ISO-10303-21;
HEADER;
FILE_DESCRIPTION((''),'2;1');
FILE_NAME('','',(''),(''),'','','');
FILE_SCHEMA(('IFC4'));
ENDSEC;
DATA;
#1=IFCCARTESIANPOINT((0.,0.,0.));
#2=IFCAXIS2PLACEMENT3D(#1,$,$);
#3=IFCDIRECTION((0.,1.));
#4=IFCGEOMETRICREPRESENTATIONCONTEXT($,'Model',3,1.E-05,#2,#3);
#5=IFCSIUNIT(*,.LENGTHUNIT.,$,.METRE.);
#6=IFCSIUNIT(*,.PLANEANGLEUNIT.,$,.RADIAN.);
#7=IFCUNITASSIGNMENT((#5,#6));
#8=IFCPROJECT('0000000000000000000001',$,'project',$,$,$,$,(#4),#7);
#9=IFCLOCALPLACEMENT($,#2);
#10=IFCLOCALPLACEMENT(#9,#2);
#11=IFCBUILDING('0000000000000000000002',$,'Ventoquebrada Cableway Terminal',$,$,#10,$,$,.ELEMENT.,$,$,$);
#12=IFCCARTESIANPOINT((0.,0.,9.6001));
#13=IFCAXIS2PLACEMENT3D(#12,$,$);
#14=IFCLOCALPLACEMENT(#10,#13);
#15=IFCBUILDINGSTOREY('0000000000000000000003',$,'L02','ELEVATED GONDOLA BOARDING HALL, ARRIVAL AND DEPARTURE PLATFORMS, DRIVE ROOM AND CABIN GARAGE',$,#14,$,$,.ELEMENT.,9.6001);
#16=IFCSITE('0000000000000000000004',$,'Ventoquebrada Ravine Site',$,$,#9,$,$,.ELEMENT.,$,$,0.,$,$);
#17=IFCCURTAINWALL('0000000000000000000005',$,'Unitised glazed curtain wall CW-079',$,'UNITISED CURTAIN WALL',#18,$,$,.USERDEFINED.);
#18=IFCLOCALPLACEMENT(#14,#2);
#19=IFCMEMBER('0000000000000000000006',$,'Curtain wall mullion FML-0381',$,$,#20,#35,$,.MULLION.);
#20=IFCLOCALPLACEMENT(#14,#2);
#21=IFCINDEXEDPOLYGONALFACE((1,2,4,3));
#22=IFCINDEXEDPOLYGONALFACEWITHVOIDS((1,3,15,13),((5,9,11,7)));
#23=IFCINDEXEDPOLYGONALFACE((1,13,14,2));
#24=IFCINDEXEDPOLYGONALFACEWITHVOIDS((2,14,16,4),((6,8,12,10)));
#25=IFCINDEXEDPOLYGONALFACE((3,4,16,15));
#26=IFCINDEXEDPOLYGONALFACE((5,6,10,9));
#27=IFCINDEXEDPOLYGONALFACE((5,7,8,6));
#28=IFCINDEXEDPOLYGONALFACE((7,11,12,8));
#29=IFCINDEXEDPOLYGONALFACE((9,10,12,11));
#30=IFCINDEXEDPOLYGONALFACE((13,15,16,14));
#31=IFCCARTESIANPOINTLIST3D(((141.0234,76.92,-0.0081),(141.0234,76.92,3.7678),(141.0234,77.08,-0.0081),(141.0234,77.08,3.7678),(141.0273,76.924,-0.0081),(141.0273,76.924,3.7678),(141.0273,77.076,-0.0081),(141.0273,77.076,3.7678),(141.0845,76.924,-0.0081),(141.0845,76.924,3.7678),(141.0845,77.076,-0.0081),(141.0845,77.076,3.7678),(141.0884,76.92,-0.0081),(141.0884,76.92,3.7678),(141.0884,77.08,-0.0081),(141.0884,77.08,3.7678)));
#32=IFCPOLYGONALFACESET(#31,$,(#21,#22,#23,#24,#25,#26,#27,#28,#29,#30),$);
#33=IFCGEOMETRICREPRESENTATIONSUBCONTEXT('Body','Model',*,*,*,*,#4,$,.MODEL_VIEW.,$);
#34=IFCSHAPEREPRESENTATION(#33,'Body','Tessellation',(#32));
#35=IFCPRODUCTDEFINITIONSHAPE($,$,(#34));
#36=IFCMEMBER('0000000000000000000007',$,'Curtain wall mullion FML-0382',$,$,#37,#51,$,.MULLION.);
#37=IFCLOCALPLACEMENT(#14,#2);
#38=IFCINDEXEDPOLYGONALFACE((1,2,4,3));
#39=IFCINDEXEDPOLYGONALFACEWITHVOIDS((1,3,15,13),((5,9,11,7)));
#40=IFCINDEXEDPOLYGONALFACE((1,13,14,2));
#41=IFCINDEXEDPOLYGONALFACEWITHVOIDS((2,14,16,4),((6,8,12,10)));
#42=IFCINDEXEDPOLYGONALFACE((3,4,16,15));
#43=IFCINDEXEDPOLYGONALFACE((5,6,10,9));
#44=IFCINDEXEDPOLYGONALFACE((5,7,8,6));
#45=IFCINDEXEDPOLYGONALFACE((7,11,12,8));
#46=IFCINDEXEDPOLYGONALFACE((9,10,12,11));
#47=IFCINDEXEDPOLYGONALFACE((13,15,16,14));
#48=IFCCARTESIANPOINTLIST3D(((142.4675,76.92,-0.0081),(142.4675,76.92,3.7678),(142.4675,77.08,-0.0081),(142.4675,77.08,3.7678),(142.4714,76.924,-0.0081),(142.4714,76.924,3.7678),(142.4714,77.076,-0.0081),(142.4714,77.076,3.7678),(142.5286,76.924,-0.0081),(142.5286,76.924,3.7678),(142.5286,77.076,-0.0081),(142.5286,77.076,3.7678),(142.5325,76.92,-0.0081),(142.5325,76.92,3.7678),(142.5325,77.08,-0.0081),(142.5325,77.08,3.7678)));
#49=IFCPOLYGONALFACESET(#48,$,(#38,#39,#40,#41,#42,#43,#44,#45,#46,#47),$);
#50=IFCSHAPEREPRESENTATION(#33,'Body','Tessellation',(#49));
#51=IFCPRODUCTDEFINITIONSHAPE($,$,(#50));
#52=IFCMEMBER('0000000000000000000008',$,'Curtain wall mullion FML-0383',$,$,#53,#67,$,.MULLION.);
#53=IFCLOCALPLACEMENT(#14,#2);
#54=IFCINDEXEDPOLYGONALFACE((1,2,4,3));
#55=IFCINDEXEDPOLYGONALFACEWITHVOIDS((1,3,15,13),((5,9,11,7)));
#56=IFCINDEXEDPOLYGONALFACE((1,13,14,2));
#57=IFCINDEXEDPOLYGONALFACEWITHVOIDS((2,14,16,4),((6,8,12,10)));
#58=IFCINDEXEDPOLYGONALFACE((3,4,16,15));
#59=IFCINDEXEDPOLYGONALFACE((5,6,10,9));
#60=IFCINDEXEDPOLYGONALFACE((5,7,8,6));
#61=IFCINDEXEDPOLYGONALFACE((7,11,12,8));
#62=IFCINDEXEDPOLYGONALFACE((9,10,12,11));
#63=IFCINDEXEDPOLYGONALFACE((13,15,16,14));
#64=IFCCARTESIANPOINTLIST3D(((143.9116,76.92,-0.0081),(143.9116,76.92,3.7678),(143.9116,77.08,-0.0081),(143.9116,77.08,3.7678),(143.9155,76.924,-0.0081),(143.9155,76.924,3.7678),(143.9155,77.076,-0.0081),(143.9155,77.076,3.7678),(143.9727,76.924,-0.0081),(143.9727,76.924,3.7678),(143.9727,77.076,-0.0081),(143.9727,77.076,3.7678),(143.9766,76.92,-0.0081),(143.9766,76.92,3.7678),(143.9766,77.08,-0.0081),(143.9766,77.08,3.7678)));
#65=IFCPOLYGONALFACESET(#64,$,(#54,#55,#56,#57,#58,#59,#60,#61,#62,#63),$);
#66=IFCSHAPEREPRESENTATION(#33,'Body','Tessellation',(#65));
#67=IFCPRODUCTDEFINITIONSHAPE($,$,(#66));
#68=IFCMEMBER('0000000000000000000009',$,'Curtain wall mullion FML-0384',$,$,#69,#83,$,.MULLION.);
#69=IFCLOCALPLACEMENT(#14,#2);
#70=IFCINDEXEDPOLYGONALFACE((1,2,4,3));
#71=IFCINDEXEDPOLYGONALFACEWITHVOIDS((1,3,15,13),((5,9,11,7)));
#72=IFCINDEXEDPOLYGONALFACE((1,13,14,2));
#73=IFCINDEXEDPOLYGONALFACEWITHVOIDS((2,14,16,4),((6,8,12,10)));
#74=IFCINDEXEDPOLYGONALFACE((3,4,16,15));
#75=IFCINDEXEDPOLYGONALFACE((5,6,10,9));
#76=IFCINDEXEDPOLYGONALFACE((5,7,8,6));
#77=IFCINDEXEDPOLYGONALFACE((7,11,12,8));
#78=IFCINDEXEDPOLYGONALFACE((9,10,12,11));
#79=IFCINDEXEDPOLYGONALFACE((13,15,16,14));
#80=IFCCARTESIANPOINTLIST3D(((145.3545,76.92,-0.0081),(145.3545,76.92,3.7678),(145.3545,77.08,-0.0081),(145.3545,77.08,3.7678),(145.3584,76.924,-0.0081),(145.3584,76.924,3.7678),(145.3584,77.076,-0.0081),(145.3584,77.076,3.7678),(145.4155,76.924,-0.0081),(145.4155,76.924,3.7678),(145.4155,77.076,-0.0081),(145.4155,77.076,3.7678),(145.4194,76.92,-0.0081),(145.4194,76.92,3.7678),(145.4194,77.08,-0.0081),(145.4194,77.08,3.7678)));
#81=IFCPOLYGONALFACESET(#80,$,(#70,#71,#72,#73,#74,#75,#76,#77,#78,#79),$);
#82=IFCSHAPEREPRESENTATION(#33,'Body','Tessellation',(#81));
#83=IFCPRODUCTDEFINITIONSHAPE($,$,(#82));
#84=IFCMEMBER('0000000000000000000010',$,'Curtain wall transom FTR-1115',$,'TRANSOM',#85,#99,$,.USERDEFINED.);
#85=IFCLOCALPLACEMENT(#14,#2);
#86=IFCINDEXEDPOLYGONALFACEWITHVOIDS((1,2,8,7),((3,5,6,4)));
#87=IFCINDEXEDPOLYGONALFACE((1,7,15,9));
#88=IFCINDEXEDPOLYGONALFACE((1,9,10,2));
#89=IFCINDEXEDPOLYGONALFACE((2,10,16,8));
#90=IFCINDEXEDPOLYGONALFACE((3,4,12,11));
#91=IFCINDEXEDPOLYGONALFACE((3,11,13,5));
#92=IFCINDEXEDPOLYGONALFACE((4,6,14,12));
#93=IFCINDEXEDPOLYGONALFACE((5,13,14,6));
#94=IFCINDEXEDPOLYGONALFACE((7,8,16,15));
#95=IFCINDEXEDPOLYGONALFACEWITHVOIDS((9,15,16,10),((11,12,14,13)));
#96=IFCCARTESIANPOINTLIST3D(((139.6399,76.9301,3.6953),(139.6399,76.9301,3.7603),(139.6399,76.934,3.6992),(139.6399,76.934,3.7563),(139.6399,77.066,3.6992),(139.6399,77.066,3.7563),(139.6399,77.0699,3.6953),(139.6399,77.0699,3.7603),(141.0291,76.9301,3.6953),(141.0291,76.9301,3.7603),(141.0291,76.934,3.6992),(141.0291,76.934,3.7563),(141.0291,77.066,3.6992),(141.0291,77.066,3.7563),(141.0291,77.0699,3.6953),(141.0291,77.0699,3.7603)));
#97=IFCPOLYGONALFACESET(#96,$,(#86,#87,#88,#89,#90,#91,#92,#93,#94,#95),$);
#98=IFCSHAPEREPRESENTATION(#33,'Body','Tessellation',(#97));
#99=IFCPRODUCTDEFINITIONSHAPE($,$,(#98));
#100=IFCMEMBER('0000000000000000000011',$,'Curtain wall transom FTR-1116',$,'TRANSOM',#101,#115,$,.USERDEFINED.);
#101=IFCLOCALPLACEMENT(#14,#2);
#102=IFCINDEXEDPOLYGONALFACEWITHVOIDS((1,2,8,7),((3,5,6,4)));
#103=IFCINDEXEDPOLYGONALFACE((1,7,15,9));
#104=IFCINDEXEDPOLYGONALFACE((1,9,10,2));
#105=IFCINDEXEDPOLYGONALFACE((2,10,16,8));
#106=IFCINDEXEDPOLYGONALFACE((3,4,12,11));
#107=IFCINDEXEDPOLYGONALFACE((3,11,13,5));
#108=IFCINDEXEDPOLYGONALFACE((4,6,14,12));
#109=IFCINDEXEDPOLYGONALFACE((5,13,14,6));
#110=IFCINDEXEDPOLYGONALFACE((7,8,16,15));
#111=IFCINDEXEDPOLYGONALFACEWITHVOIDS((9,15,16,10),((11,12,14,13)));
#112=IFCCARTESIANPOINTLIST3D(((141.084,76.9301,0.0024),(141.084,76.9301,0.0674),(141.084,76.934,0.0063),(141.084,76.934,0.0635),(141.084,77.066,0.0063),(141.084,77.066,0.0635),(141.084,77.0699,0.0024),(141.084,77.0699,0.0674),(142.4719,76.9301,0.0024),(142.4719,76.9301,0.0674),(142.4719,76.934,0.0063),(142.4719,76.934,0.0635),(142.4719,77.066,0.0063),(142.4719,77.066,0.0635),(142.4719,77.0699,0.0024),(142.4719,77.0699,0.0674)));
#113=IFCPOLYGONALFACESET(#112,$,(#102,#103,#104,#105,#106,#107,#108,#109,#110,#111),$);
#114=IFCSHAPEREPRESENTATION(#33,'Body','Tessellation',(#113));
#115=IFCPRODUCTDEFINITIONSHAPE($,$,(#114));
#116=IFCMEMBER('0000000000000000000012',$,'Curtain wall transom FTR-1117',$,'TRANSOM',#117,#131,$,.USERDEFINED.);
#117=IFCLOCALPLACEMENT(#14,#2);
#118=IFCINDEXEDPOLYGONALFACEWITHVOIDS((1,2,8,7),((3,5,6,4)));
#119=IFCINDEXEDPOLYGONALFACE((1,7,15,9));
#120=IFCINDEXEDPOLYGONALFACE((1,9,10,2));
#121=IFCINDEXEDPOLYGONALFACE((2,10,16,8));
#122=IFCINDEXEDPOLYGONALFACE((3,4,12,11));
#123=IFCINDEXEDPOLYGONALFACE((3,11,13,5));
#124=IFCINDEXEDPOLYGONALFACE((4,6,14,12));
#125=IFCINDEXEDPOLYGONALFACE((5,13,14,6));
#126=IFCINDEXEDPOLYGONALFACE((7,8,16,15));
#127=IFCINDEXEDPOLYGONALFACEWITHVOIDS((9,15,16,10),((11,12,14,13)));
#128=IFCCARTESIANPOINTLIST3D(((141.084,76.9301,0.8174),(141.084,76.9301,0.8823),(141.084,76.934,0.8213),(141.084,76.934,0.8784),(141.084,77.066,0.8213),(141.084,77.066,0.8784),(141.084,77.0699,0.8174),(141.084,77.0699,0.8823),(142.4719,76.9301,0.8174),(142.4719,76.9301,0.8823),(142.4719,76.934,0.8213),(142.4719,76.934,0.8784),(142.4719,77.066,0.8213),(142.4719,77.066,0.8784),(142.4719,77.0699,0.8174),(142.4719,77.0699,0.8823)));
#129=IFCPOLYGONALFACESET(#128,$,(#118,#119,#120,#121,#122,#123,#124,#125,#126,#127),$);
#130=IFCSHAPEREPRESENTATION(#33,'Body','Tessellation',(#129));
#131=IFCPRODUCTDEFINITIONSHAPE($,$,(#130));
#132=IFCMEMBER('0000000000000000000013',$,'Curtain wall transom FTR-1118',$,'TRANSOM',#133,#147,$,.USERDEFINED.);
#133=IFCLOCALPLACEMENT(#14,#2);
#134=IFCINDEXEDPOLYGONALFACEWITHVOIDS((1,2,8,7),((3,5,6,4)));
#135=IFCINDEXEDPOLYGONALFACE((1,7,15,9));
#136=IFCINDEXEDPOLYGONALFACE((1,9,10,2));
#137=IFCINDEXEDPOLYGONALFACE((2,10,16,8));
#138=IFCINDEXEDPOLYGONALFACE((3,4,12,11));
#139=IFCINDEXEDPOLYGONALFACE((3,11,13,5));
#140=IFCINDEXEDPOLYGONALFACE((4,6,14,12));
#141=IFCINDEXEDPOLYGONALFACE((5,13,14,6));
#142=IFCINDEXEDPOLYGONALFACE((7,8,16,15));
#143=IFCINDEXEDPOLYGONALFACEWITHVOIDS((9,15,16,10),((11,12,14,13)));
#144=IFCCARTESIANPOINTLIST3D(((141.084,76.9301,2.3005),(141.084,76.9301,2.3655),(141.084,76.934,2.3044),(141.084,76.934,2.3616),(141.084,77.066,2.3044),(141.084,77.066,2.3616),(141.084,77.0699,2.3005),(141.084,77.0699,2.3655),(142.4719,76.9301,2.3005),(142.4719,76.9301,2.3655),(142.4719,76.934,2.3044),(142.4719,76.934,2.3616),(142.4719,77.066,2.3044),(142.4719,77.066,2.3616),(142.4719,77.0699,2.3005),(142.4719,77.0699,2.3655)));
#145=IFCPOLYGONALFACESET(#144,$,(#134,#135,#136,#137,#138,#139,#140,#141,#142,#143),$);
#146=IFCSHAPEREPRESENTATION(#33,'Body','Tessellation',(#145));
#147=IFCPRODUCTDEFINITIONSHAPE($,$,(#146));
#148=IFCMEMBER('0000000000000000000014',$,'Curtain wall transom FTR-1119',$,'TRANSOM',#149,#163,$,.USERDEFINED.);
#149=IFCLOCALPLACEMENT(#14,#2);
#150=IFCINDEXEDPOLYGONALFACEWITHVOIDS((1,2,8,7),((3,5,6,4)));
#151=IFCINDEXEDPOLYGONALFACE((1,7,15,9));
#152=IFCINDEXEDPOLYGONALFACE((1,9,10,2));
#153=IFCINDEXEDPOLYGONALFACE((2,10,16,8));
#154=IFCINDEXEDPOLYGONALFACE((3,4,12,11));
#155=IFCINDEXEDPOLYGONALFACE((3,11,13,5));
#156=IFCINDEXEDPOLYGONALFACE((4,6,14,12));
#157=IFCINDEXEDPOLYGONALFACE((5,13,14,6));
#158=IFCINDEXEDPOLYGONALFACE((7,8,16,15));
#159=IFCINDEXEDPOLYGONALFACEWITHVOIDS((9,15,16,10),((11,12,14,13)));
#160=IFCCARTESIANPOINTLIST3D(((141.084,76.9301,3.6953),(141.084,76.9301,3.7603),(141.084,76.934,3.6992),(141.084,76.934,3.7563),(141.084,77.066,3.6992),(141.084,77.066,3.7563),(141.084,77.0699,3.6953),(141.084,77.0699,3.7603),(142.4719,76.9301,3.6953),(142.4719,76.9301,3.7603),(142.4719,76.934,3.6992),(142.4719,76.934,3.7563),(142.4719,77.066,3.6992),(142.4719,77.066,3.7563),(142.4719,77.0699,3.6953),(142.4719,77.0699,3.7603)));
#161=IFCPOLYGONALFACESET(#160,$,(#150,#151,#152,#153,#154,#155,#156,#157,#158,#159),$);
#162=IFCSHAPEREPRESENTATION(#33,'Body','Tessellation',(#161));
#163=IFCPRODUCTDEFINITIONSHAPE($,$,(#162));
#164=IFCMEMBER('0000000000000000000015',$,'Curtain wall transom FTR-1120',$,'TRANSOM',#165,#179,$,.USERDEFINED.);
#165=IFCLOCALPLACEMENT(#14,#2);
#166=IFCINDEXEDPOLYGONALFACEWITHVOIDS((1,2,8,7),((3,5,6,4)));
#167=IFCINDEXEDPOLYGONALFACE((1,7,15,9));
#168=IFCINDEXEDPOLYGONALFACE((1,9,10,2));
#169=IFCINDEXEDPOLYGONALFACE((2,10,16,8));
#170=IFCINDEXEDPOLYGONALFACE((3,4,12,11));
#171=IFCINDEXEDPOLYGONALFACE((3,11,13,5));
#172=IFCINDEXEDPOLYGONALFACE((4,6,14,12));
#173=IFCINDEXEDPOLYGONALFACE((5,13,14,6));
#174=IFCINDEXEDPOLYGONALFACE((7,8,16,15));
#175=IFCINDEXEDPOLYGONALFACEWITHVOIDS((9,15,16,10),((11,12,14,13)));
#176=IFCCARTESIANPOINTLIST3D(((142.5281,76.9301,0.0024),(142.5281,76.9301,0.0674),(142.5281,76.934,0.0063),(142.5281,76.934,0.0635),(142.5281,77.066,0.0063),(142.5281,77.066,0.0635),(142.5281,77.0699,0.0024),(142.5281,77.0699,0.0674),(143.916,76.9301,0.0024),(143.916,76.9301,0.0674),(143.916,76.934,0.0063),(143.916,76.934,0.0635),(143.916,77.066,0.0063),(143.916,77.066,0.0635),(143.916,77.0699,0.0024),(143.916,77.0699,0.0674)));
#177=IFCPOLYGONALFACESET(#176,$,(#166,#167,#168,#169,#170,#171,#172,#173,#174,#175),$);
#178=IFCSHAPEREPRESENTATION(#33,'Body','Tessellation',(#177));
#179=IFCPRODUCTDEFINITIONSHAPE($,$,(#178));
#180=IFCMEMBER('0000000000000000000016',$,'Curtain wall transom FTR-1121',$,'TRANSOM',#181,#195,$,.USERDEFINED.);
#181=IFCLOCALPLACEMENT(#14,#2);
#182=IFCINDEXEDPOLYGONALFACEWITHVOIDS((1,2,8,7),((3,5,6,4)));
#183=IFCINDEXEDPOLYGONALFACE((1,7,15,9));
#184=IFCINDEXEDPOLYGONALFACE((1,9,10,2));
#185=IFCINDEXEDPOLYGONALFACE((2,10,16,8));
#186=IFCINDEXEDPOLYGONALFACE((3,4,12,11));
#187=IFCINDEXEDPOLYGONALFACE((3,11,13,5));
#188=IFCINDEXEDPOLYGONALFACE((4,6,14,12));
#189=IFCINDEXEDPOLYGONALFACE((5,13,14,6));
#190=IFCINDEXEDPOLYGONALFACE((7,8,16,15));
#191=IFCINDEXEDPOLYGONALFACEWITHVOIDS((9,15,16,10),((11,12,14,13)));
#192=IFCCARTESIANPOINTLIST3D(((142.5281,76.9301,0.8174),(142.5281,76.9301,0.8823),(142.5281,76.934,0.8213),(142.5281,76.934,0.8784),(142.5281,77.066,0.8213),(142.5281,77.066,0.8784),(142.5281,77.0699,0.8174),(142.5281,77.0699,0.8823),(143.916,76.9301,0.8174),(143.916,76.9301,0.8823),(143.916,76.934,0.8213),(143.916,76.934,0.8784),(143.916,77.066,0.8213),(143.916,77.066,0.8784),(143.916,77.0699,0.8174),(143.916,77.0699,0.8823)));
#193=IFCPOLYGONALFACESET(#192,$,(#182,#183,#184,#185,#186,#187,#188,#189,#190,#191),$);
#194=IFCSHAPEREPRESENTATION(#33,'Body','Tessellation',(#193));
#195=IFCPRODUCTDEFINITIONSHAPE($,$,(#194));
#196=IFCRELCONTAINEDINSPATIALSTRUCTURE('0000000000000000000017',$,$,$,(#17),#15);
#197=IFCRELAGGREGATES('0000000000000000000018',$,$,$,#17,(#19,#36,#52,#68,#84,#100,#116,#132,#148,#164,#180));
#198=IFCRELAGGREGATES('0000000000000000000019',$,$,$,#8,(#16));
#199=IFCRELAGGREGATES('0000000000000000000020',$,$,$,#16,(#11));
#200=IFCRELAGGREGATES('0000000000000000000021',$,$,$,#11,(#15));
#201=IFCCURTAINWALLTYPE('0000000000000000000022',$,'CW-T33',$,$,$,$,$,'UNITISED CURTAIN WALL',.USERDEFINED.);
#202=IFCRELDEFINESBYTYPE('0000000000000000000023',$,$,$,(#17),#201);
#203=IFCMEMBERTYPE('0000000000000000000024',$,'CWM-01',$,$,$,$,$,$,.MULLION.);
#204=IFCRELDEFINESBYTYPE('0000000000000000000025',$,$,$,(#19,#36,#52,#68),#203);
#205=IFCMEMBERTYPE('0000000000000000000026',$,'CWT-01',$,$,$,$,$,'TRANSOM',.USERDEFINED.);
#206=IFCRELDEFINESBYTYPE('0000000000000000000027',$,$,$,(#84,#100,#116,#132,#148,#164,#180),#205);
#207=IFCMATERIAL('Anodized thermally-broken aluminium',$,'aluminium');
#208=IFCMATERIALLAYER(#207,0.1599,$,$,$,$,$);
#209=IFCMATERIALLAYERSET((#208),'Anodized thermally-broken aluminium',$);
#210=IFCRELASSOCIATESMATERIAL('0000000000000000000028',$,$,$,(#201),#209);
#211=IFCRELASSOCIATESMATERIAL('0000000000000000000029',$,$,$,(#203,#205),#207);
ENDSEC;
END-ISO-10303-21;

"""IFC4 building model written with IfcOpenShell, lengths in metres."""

from ifc_helpers import new_model, si_unit, direction, frame, origin, origin_2d, place, context, subcontext, project, spatial, hollow_rectangle, extrude, material, layer, layer_set, material_profile, profile_set, type_object, element, aggregate, save


model = new_model("IFC4")

# Units and contexts
model_context = context("Model", 3, precision=1e-05, world=origin(), true_north=direction((0.0, 1.0)))
body_context = subcontext(model_context, "Body", "Model", "MODEL_VIEW")
ifc_project = project(units=[si_unit("LENGTHUNIT", "METRE"), si_unit("PLANEANGLEUNIT", "RADIAN")], contexts=[model_context])

# Site, building, storey
site_placement = place(None, origin())
site = spatial("IfcSite", under=ifc_project, at=site_placement, Name="Ventoquebrada Ravine Site", CompositionType="ELEMENT", RefElevation=0.0)
building_placement = place(site_placement, origin())
building = spatial("IfcBuilding", under=site, at=building_placement, Name="Ventoquebrada Cableway Terminal", CompositionType="ELEMENT")
storey_placement = place(building_placement, frame((0.0, 0.0, 9.6001)))
storey = spatial("IfcBuildingStorey", under=building, at=storey_placement, Name="L02", Description="ELEVATED GONDOLA BOARDING HALL, ARRIVAL AND DEPARTURE PLATFORMS, DRIVE ROOM AND CABIN GARAGE", CompositionType="ELEMENT", Elevation=9.6001)

# Curtain wall, members
ifc_material_1 = material(Name="Anodized thermally-broken aluminium", Category="aluminium")
ifc_layer_1 = layer(ifc_material_1, 0.1599)
ifc_layer_set_1 = layer_set([ifc_layer_1], Name="Anodized thermally-broken aluminium")
curtain_wall_type = type_object("IfcCurtainWallType", Name="CW-T33", ElementType="UNITISED CURTAIN WALL", PredefinedType="USERDEFINED", material=ifc_layer_set_1)
curtain_wall_placement = place(storey_placement, origin())
curtain_wall = element("IfcCurtainWall", 1, at=curtain_wall_placement, inside=storey, type_object=curtain_wall_type, Name="Unitised glazed curtain wall CW-079", ObjectType="UNITISED CURTAIN WALL", PredefinedType="USERDEFINED")
ifc_material_profile_1 = material_profile(ifc_material_1, hollow_rectangle(XDim=0.0649, YDim=0.1599, WallThickness=0.0039, at=origin_2d()), Name="CW-MUL-65X160")
ifc_profile_set_1 = profile_set([ifc_material_profile_1], Name="Anodized thermally-broken aluminium")
member_type_1 = type_object("IfcMemberType", Name="CWM-01", PredefinedType="MULLION", material=ifc_profile_set_1)
member_1_placement = place(storey_placement, frame((141.0559, 77.0, -0.0081), z_axis=(0.0, 0.0, 1.0), x_axis=(1.0, 0.0, 0.0)))
member_1 = element("IfcMember", 2, at=member_1_placement, type_object=member_type_1, Name="Curtain wall mullion FML-0381", PredefinedType="MULLION", context=body_context, shape_type="SweptSolid", body=[
    extrude(hollow_rectangle(XDim=0.0649, YDim=0.1599, WallThickness=0.0039, at=origin_2d()), origin(), (0.0, 0.0, 1.0), 3.7759),
])
member_2_placement = place(storey_placement, frame((142.5, 77.0, -0.0081), z_axis=(0.0, 0.0, 1.0), x_axis=(1.0, 0.0, 0.0)))
member_2 = element("IfcMember", 3, at=member_2_placement, type_object=member_type_1, Name="Curtain wall mullion FML-0382", PredefinedType="MULLION", context=body_context, shape_type="SweptSolid", body=[
    extrude(hollow_rectangle(XDim=0.0649, YDim=0.1599, WallThickness=0.0039, at=origin_2d()), origin(), (0.0, 0.0, 1.0), 3.7759),
])
member_3_placement = place(storey_placement, frame((143.9441, 77.0, -0.0081), z_axis=(0.0, 0.0, 1.0), x_axis=(1.0, 0.0, 0.0)))
member_3 = element("IfcMember", 4, at=member_3_placement, type_object=member_type_1, Name="Curtain wall mullion FML-0383", PredefinedType="MULLION", context=body_context, shape_type="SweptSolid", body=[
    extrude(hollow_rectangle(XDim=0.0649, YDim=0.1599, WallThickness=0.0039, at=origin_2d()), origin(), (0.0, 0.0, 1.0), 3.7759),
])
member_4_placement = place(storey_placement, frame((145.387, 77.0, -0.0081), z_axis=(0.0, 0.0, 1.0), x_axis=(1.0, 0.0, 0.0)))
member_4 = element("IfcMember", 5, at=member_4_placement, type_object=member_type_1, Name="Curtain wall mullion FML-0384", PredefinedType="MULLION", context=body_context, shape_type="SweptSolid", body=[
    extrude(hollow_rectangle(XDim=0.0649, YDim=0.1599, WallThickness=0.0039, at=origin_2d()), origin(), (0.0, 0.0, 1.0), 3.7759),
])
ifc_material_profile_2 = material_profile(ifc_material_1, hollow_rectangle(XDim=0.0649, YDim=0.1399, WallThickness=0.0039, at=origin_2d()), Name="CW-TRN-65X140")
ifc_profile_set_2 = profile_set([ifc_material_profile_2], Name="Anodized thermally-broken aluminium")
member_type_2 = type_object("IfcMemberType", Name="CWT-01", ElementType="TRANSOM", PredefinedType="USERDEFINED", material=ifc_profile_set_2)
member_5_placement = place(storey_placement, frame((139.6399, 77.0, 3.7278), z_axis=(1.0, 0.0, 0.0), x_axis=(0.0, 0.0, 1.0)))
member_5 = element("IfcMember", 6, at=member_5_placement, type_object=member_type_2, Name="Curtain wall transom FTR-1115", ObjectType="TRANSOM", PredefinedType="USERDEFINED", context=body_context, shape_type="SweptSolid", body=[
    extrude(hollow_rectangle(XDim=0.0649, YDim=0.1399, WallThickness=0.0039, at=origin_2d()), origin(), (0.0, 0.0, 1.0), 1.3892),
])
member_6_placement = place(storey_placement, frame((141.084, 77.0, 0.0349), z_axis=(1.0, 0.0, 0.0), x_axis=(0.0, 0.0, 1.0)))
member_6 = element("IfcMember", 7, at=member_6_placement, type_object=member_type_2, Name="Curtain wall transom FTR-1116", ObjectType="TRANSOM", PredefinedType="USERDEFINED", context=body_context, shape_type="SweptSolid", body=[
    extrude(hollow_rectangle(XDim=0.0649, YDim=0.1399, WallThickness=0.0039, at=origin_2d()), origin(), (0.0, 0.0, 1.0), 1.3879),
])
member_7_placement = place(storey_placement, frame((141.084, 77.0, 0.8499), z_axis=(1.0, 0.0, 0.0), x_axis=(0.0, 0.0, 1.0)))
member_7 = element("IfcMember", 8, at=member_7_placement, type_object=member_type_2, Name="Curtain wall transom FTR-1117", ObjectType="TRANSOM", PredefinedType="USERDEFINED", context=body_context, shape_type="SweptSolid", body=[
    extrude(hollow_rectangle(XDim=0.0649, YDim=0.1399, WallThickness=0.0039, at=origin_2d()), origin(), (0.0, 0.0, 1.0), 1.3879),
])
member_8_placement = place(storey_placement, frame((141.084, 77.0, 2.333), z_axis=(1.0, 0.0, 0.0), x_axis=(0.0, 0.0, 1.0)))
member_8 = element("IfcMember", 9, at=member_8_placement, type_object=member_type_2, Name="Curtain wall transom FTR-1118", ObjectType="TRANSOM", PredefinedType="USERDEFINED", context=body_context, shape_type="SweptSolid", body=[
    extrude(hollow_rectangle(XDim=0.0649, YDim=0.1399, WallThickness=0.0039, at=origin_2d()), origin(), (0.0, 0.0, 1.0), 1.3879),
])
member_9_placement = place(storey_placement, frame((141.084, 77.0, 3.7278), z_axis=(1.0, 0.0, 0.0), x_axis=(0.0, 0.0, 1.0)))
member_9 = element("IfcMember", 10, at=member_9_placement, type_object=member_type_2, Name="Curtain wall transom FTR-1119", ObjectType="TRANSOM", PredefinedType="USERDEFINED", context=body_context, shape_type="SweptSolid", body=[
    extrude(hollow_rectangle(XDim=0.0649, YDim=0.1399, WallThickness=0.0039, at=origin_2d()), origin(), (0.0, 0.0, 1.0), 1.3879),
])
member_10_placement = place(storey_placement, frame((142.5281, 77.0, 0.0349), z_axis=(1.0, 0.0, 0.0), x_axis=(0.0, 0.0, 1.0)))
member_10 = element("IfcMember", 11, at=member_10_placement, type_object=member_type_2, Name="Curtain wall transom FTR-1120", ObjectType="TRANSOM", PredefinedType="USERDEFINED", context=body_context, shape_type="SweptSolid", body=[
    extrude(hollow_rectangle(XDim=0.0649, YDim=0.1399, WallThickness=0.0039, at=origin_2d()), origin(), (0.0, 0.0, 1.0), 1.3879),
])
member_11_placement = place(storey_placement, frame((142.5281, 77.0, 0.8499), z_axis=(1.0, 0.0, 0.0), x_axis=(0.0, 0.0, 1.0)))
member_11 = element("IfcMember", 12, at=member_11_placement, type_object=member_type_2, Name="Curtain wall transom FTR-1121", ObjectType="TRANSOM", PredefinedType="USERDEFINED", context=body_context, shape_type="SweptSolid", body=[
    extrude(hollow_rectangle(XDim=0.0649, YDim=0.1399, WallThickness=0.0039, at=origin_2d()), origin(), (0.0, 0.0, 1.0), 1.3879),
])
aggregate(curtain_wall, [member_1, member_2, member_3, member_4, member_5, member_6, member_7, member_8, member_9, member_10, member_11])

save(model, "model.ifc")
